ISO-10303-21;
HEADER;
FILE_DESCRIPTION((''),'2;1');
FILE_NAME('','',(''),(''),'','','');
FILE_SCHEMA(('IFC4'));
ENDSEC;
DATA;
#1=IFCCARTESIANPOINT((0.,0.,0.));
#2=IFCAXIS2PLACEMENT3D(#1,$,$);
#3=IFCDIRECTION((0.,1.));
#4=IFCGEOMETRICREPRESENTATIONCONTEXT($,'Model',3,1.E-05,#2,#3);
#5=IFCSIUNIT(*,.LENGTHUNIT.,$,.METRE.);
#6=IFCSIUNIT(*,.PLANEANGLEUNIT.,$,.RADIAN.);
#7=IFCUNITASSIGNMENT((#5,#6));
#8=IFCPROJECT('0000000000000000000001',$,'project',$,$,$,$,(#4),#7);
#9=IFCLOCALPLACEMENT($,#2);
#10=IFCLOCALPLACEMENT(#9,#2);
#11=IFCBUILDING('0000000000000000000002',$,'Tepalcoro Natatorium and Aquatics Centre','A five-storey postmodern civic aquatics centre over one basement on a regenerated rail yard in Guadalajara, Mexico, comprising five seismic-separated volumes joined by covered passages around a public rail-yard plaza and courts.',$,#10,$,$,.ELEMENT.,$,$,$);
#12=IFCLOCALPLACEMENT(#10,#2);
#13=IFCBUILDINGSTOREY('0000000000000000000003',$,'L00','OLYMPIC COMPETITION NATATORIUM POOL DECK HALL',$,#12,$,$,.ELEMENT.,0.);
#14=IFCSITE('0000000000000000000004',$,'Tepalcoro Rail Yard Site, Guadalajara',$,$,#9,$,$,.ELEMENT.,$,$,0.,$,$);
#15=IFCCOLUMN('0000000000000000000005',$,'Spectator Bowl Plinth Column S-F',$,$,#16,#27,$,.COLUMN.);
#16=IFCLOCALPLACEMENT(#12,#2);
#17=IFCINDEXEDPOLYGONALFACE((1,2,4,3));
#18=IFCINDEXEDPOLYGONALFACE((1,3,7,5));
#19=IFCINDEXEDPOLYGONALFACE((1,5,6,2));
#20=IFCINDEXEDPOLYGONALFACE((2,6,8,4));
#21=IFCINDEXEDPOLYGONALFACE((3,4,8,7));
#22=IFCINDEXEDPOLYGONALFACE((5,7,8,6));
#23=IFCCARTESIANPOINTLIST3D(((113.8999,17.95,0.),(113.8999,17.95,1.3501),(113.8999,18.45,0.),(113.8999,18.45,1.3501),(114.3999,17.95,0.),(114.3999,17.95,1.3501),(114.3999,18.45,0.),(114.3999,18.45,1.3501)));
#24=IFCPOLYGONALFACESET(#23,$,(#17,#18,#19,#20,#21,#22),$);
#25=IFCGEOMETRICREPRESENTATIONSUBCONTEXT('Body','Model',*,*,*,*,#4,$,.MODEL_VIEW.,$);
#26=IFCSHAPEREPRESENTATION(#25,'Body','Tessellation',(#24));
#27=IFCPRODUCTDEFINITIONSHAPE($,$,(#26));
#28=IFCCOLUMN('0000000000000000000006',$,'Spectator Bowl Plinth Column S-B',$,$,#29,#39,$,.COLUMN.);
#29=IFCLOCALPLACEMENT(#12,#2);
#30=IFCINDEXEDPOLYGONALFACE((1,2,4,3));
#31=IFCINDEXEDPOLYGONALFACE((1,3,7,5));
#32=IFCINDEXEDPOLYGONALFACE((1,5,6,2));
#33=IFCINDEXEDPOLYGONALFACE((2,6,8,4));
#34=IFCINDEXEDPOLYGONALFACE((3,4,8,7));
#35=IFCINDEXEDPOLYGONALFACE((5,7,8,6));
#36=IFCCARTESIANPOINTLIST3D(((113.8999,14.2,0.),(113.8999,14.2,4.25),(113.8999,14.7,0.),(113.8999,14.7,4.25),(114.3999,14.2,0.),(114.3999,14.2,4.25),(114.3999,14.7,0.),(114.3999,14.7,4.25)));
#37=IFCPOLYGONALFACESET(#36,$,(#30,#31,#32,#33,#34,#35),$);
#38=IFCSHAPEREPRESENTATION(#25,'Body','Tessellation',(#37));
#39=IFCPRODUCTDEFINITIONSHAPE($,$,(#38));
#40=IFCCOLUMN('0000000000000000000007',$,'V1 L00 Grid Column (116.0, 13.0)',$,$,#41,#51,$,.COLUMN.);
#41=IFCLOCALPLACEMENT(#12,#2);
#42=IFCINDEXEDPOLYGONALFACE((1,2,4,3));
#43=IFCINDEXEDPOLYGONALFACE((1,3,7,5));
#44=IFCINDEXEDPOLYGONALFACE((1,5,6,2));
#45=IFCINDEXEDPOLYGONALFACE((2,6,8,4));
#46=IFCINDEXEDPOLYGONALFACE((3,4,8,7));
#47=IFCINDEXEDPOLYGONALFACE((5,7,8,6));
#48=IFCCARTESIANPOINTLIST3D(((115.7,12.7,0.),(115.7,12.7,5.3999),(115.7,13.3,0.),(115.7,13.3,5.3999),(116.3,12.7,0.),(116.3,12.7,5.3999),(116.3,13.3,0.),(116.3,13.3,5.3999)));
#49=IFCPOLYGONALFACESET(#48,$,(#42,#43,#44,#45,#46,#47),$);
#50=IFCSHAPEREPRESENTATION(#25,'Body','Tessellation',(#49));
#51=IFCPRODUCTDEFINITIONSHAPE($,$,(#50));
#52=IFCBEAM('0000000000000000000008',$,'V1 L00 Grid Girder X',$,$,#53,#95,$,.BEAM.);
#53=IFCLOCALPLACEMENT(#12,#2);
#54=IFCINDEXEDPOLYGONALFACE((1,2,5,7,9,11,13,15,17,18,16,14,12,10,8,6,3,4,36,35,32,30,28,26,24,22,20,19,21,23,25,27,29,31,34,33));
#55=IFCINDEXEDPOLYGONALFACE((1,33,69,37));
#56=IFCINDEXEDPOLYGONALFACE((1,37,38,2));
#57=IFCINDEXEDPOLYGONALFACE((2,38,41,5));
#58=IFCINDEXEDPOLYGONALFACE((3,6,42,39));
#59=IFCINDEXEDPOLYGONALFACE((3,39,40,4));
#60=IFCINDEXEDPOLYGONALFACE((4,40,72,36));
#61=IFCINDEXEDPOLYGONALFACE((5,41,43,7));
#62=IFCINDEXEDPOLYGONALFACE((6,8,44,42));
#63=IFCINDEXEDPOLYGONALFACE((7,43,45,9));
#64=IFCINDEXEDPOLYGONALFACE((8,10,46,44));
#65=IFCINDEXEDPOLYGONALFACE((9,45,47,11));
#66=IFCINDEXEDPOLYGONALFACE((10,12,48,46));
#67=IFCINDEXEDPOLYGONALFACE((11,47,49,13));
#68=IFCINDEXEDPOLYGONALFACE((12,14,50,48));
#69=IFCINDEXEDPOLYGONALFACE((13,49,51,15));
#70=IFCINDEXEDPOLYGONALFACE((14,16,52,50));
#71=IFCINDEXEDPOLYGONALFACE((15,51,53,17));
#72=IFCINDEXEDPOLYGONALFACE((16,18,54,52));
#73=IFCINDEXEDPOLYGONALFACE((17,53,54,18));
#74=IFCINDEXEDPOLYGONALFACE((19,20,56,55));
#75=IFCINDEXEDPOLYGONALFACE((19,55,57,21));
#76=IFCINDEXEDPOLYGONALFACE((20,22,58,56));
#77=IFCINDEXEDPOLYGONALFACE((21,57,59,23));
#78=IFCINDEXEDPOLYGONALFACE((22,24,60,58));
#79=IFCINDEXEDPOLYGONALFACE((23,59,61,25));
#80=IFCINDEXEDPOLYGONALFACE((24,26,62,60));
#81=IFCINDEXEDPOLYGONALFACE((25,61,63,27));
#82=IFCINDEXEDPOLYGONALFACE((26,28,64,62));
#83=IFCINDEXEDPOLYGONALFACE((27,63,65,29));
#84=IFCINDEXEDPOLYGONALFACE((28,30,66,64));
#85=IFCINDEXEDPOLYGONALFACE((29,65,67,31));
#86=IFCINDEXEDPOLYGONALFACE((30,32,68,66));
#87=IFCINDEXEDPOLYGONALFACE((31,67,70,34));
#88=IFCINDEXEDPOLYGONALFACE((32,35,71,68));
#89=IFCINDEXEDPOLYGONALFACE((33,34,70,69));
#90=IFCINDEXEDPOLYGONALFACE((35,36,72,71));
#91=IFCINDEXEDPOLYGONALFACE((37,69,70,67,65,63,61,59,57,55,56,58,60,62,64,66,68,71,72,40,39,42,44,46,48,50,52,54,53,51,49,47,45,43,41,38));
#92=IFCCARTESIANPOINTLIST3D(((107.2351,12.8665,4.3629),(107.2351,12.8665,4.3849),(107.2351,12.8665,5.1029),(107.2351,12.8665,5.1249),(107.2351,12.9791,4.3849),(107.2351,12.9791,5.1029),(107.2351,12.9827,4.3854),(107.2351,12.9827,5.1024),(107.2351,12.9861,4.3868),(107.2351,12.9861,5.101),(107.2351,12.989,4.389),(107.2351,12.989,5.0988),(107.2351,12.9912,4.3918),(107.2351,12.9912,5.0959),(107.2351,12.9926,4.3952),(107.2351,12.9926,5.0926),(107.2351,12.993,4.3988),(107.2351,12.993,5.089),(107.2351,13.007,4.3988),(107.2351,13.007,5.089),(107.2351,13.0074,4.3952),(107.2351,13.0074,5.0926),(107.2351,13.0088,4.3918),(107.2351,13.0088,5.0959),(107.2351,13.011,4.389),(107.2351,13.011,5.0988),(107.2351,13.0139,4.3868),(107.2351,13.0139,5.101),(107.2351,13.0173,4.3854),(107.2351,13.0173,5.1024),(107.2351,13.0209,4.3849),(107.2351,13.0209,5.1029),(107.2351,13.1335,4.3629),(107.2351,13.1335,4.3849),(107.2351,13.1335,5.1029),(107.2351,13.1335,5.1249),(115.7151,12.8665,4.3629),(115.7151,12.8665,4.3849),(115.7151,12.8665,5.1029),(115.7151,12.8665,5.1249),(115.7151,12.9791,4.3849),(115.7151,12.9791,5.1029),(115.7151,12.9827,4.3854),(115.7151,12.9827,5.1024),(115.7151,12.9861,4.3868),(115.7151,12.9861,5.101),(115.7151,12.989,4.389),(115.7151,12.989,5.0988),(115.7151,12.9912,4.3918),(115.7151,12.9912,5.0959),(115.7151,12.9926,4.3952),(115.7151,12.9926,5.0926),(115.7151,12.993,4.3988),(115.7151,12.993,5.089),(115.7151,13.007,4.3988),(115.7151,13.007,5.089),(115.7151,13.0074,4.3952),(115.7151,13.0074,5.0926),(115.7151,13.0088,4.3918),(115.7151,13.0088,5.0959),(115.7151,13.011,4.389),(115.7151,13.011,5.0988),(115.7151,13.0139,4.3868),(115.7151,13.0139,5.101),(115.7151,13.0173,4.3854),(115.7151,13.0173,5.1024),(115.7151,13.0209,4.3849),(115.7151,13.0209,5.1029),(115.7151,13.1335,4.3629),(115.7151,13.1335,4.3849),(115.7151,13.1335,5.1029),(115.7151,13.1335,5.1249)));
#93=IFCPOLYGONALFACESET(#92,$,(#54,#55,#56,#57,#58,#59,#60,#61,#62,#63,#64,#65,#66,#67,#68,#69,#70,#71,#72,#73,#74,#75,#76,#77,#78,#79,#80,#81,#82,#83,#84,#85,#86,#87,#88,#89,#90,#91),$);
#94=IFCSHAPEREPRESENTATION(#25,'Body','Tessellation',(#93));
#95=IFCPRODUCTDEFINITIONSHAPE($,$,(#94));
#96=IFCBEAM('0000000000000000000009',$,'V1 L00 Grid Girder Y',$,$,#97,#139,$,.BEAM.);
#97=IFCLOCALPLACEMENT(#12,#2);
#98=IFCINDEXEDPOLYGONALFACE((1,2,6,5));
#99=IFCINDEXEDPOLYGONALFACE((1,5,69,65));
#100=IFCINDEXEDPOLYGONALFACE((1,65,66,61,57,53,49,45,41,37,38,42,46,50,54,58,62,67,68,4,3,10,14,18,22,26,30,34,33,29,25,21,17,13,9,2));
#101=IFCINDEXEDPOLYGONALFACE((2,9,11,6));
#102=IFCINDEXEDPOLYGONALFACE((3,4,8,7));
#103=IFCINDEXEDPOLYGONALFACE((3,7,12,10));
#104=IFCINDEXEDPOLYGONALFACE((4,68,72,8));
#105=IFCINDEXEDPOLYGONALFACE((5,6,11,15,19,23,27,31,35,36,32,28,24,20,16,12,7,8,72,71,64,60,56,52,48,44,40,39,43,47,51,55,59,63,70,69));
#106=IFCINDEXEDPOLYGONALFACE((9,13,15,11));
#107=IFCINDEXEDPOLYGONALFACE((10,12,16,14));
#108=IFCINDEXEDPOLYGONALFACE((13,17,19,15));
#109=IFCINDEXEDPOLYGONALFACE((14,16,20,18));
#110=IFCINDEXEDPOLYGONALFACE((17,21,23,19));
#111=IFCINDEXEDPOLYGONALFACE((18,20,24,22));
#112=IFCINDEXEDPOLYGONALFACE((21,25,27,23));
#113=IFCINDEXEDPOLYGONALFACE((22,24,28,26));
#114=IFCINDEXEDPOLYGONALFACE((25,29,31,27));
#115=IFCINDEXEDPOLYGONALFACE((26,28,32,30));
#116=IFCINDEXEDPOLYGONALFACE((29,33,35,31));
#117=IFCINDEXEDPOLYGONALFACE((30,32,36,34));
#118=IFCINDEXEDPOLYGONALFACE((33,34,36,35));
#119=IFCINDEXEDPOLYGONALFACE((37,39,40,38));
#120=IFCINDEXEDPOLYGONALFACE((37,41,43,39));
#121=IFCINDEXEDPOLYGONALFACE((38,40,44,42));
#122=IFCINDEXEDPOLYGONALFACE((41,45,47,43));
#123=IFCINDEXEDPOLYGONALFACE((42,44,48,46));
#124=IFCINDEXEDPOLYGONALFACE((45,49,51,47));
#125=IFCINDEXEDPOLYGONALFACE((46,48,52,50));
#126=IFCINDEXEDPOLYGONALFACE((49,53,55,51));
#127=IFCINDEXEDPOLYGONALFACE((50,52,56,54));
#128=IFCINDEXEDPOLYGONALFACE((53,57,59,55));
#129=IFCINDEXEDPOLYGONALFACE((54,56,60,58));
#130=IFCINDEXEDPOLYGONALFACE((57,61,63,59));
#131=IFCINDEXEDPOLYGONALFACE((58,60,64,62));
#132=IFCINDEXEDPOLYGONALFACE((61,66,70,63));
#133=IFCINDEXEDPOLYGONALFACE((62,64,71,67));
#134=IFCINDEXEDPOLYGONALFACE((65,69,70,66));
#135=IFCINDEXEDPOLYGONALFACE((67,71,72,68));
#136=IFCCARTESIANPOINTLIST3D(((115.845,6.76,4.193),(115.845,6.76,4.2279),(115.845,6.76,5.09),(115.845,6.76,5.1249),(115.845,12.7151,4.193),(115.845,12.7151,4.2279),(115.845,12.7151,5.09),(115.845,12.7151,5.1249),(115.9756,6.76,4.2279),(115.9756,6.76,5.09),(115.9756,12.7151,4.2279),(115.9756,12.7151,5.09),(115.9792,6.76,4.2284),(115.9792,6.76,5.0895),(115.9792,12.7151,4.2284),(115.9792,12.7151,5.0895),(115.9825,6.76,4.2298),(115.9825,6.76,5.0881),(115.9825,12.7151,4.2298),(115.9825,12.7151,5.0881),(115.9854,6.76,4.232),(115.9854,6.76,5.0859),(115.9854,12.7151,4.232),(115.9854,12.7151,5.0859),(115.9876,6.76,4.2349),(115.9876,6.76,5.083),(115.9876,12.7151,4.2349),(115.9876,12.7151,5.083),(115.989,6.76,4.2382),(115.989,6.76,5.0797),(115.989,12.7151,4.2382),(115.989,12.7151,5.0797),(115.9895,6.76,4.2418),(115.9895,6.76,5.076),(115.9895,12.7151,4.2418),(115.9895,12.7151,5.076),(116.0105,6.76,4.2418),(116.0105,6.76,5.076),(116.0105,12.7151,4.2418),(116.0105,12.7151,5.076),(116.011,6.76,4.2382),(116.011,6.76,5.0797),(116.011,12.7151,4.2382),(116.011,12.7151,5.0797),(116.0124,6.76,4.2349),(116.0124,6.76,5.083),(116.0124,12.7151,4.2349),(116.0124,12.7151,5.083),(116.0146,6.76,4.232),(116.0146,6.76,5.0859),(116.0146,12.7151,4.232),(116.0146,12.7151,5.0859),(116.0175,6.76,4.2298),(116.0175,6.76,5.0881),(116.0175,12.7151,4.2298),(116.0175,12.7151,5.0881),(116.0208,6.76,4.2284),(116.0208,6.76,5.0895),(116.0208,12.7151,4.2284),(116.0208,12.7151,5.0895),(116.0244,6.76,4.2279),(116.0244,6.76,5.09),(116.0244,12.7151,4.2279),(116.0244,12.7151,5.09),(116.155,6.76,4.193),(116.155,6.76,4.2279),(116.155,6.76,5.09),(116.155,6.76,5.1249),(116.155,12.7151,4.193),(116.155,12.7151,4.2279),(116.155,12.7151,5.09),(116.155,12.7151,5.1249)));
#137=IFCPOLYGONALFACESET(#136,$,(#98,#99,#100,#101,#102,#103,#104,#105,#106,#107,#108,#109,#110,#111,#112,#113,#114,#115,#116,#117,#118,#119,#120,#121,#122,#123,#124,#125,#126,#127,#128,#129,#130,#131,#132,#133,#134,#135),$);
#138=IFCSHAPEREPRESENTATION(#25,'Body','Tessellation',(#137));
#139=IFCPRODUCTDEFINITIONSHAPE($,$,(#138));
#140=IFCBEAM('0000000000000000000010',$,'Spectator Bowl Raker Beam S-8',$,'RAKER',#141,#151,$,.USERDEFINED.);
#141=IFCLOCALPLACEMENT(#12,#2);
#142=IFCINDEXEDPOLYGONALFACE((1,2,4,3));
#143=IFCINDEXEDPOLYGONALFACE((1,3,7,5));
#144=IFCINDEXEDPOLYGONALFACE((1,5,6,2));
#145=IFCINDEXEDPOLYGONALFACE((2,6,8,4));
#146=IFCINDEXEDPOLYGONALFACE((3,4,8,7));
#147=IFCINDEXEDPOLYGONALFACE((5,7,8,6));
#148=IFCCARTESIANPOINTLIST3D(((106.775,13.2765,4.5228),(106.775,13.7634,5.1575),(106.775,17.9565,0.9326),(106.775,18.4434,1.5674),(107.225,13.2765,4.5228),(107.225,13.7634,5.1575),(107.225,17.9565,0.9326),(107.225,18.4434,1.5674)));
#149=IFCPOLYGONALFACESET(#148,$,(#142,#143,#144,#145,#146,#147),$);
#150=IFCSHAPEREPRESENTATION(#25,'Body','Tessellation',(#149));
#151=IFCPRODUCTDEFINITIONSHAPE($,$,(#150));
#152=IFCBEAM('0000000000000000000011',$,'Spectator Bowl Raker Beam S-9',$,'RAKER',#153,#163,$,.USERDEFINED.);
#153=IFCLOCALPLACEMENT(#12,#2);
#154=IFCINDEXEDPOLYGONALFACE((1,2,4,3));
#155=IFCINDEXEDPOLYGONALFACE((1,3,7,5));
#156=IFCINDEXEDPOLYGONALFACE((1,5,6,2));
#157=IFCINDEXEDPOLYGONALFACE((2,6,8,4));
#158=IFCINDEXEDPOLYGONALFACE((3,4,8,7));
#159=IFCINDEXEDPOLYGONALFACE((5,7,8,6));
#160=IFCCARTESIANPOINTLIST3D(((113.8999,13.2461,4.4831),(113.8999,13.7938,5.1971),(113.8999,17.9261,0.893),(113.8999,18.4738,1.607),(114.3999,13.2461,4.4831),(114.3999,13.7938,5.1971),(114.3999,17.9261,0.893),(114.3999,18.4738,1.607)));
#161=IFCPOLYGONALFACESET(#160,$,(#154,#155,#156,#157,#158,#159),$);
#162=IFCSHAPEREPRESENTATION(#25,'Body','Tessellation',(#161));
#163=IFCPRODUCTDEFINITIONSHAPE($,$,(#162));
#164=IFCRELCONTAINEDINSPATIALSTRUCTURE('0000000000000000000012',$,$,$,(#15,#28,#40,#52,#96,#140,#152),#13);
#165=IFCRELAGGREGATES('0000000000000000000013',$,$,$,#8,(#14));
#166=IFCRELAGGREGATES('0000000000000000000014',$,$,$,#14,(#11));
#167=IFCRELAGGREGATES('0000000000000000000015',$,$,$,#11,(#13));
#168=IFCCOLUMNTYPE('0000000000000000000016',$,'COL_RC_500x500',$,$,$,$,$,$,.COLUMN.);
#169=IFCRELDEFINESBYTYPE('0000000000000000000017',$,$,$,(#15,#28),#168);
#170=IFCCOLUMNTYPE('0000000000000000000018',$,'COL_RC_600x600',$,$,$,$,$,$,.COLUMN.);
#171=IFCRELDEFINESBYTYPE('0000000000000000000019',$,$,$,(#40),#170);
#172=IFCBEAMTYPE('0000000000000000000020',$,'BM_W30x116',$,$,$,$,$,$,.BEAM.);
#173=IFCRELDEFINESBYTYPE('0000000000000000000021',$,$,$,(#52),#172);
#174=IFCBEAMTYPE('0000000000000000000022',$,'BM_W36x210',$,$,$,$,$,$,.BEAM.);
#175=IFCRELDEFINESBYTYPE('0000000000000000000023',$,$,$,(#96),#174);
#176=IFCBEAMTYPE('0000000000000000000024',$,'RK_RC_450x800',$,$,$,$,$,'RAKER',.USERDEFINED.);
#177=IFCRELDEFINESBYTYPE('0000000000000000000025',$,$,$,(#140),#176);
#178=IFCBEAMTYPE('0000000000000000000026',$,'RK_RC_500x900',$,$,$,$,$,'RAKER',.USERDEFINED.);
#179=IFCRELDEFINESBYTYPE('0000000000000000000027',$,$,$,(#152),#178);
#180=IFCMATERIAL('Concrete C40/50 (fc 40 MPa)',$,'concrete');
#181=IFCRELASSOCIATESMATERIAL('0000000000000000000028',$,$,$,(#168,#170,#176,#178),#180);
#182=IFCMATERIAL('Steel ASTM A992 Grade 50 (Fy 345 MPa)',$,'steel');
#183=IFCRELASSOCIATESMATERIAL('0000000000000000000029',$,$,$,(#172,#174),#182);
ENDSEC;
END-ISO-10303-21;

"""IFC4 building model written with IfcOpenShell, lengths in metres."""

from ifc_helpers import new_model, si_unit, direction, frame, origin, origin_2d, place, context, subcontext, project, spatial, rectangle, i_section, extrude, material, material_profile, profile_set, type_object, element, save


model = new_model("IFC4")

# Units and contexts
model_context = context("Model", 3, precision=1e-05, world=origin(), true_north=direction((0.0, 1.0)))
body_context = subcontext(model_context, "Body", "Model", "MODEL_VIEW")
ifc_project = project(units=[si_unit("LENGTHUNIT", "METRE"), si_unit("PLANEANGLEUNIT", "RADIAN")], contexts=[model_context])

# Site, building, storey
site_placement = place(None, origin())
site = spatial("IfcSite", under=ifc_project, at=site_placement, Name="Tepalcoro Rail Yard Site, Guadalajara", CompositionType="ELEMENT", RefElevation=0.0)
building_placement = place(site_placement, origin())
building = spatial("IfcBuilding", under=site, at=building_placement, Name="Tepalcoro Natatorium and Aquatics Centre", Description="A five-storey postmodern civic aquatics centre over one basement on a regenerated rail yard in Guadalajara, Mexico, comprising five seismic-separated volumes joined by covered passages around a public rail-yard plaza and courts.", CompositionType="ELEMENT")
storey_placement = place(building_placement, origin())
storey = spatial("IfcBuildingStorey", under=building, at=storey_placement, Name="L00", Description="OLYMPIC COMPETITION NATATORIUM POOL DECK HALL", CompositionType="ELEMENT", Elevation=0.0)

# Columns
ifc_material_1 = material(Name="Concrete C40/50 (fc 40 MPa)", Category="concrete")
ifc_material_profile_1 = material_profile(ifc_material_1, rectangle(XDim=0.5, YDim=0.5, at=origin_2d()), Name="RC500x500")
ifc_profile_set_1 = profile_set([ifc_material_profile_1], Name="Concrete C40/50 (fc 40 MPa)")
column_type_1 = type_object("IfcColumnType", Name="COL_RC_500x500", PredefinedType="COLUMN", material=ifc_profile_set_1)
column_1_placement = place(storey_placement, frame((114.1499, 18.2, 0.0), z_axis=(0.0, 0.0, 1.0), x_axis=(1.0, 0.0, 0.0)))
element("IfcColumn", 1, at=column_1_placement, inside=storey, type_object=column_type_1, Name="Spectator Bowl Plinth Column S-F", PredefinedType="COLUMN", context=body_context, shape_type="SweptSolid", body=[
    extrude(rectangle(XDim=0.5, YDim=0.5, at=origin_2d()), origin(), (0.0, 0.0, 1.0), 1.3501),
])
column_2_placement = place(storey_placement, frame((114.1499, 14.45, 0.0), z_axis=(0.0, 0.0, 1.0), x_axis=(1.0, 0.0, 0.0)))
element("IfcColumn", 2, at=column_2_placement, inside=storey, type_object=column_type_1, Name="Spectator Bowl Plinth Column S-B", PredefinedType="COLUMN", context=body_context, shape_type="SweptSolid", body=[
    extrude(rectangle(XDim=0.5, YDim=0.5, at=origin_2d()), origin(), (0.0, 0.0, 1.0), 4.25),
])
ifc_material_profile_2 = material_profile(ifc_material_1, rectangle(XDim=0.6001, YDim=0.6001, at=origin_2d()), Name="RC600x600")
ifc_profile_set_2 = profile_set([ifc_material_profile_2], Name="Concrete C40/50 (fc 40 MPa)")
column_type_2 = type_object("IfcColumnType", Name="COL_RC_600x600", PredefinedType="COLUMN", material=ifc_profile_set_2)
column_3_placement = place(storey_placement, frame((116.0, 13.0, 0.0), z_axis=(0.0, 0.0, 1.0), x_axis=(1.0, 0.0, 0.0)))
element("IfcColumn", 3, at=column_3_placement, inside=storey, type_object=column_type_2, Name="V1 L00 Grid Column (116.0, 13.0)", PredefinedType="COLUMN", context=body_context, shape_type="SweptSolid", body=[
    extrude(rectangle(XDim=0.6001, YDim=0.6001, at=origin_2d()), origin(), (0.0, 0.0, 1.0), 5.3999),
])

# Beams
ifc_material_2 = material(Name="Steel ASTM A992 Grade 50 (Fy 345 MPa)", Category="steel")
ifc_material_profile_3 = material_profile(ifc_material_2, i_section(OverallWidth=0.2671, OverallDepth=0.762, WebThickness=0.0139, FlangeThickness=0.022, FilletRadius=0.0139, at=origin_2d()), Name="W30X116")
ifc_profile_set_3 = profile_set([ifc_material_profile_3], Name="Steel ASTM A992 Grade 50 (Fy 345 MPa)")
beam_type_1 = type_object("IfcBeamType", Name="BM_W30x116", PredefinedType="BEAM", material=ifc_profile_set_3)
beam_1_placement = place(storey_placement, frame((107.2351, 13.0, 4.7439), z_axis=(1.0, 0.0, 0.0), x_axis=(0.0, 1.0, 0.0)))
element("IfcBeam", 4, at=beam_1_placement, inside=storey, type_object=beam_type_1, Name="V1 L00 Grid Girder X", PredefinedType="BEAM", context=body_context, shape_type="SweptSolid", body=[
    extrude(i_section(OverallWidth=0.2671, OverallDepth=0.762, WebThickness=0.0139, FlangeThickness=0.022, FilletRadius=0.0139, at=origin_2d()), origin(), (0.0, 0.0, 1.0), 8.48),
])
ifc_material_profile_4 = material_profile(ifc_material_2, i_section(OverallWidth=0.3101, OverallDepth=0.9319, WebThickness=0.021, FlangeThickness=0.0349, FilletRadius=0.0139, at=origin_2d()), Name="W36X210")
ifc_profile_set_4 = profile_set([ifc_material_profile_4], Name="Steel ASTM A992 Grade 50 (Fy 345 MPa)")
beam_type_2 = type_object("IfcBeamType", Name="BM_W36x210", PredefinedType="BEAM", material=ifc_profile_set_4)
beam_2_placement = place(storey_placement, frame((116.0, 6.76, 4.6589), z_axis=(0.0, 1.0, 0.0), x_axis=(-1.0, 0.0, 0.0)))
element("IfcBeam", 5, at=beam_2_placement, inside=storey, type_object=beam_type_2, Name="V1 L00 Grid Girder Y", PredefinedType="BEAM", context=body_context, shape_type="SweptSolid", body=[
    extrude(i_section(OverallWidth=0.3101, OverallDepth=0.9319, WebThickness=0.021, FlangeThickness=0.0349, FilletRadius=0.0139, at=origin_2d()), origin(), (0.0, 0.0, 1.0), 5.9551),
])
ifc_material_profile_5 = material_profile(ifc_material_1, rectangle(XDim=0.45, YDim=0.8, at=origin_2d()), Name="RKR450x800")
ifc_profile_set_5 = profile_set([ifc_material_profile_5], Name="Concrete C40/50 (fc 40 MPa)")
beam_type_3 = type_object("IfcBeamType", Name="RK_RC_450x800", ElementType="RAKER", PredefinedType="USERDEFINED", material=ifc_profile_set_5)
beam_3_placement = place(storey_placement, frame((107.0, 18.2, 1.25), z_axis=(0.0, -0.793431, 0.60866), x_axis=(1.0, 0.0, 0.0)))
element("IfcBeam", 6, at=beam_3_placement, inside=storey, type_object=beam_type_3, Name="Spectator Bowl Raker Beam S-8", ObjectType="RAKER", PredefinedType="USERDEFINED", context=body_context, shape_type="SweptSolid", body=[
    extrude(rectangle(XDim=0.45, YDim=0.8, at=origin_2d()), origin(), (0.0, 0.0, 1.0), 5.8984),
])
ifc_material_profile_6 = material_profile(ifc_material_1, rectangle(XDim=0.5, YDim=0.8999, at=origin_2d()), Name="RKR500x900")
ifc_profile_set_6 = profile_set([ifc_material_profile_6], Name="Concrete C40/50 (fc 40 MPa)")
beam_type_4 = type_object("IfcBeamType", Name="RK_RC_500x900", ElementType="RAKER", PredefinedType="USERDEFINED", material=ifc_profile_set_6)
beam_4_placement = place(storey_placement, frame((114.1499, 18.2, 1.25), z_axis=(0.0, -0.793431, 0.60866), x_axis=(1.0, 0.0, 0.0)))
element("IfcBeam", 7, at=beam_4_placement, inside=storey, type_object=beam_type_4, Name="Spectator Bowl Raker Beam S-9", ObjectType="RAKER", PredefinedType="USERDEFINED", context=body_context, shape_type="SweptSolid", body=[
    extrude(rectangle(XDim=0.5, YDim=0.8999, at=origin_2d()), origin(), (0.0, 0.0, 1.0), 5.8984),
])

save(model, "model.ifc")
